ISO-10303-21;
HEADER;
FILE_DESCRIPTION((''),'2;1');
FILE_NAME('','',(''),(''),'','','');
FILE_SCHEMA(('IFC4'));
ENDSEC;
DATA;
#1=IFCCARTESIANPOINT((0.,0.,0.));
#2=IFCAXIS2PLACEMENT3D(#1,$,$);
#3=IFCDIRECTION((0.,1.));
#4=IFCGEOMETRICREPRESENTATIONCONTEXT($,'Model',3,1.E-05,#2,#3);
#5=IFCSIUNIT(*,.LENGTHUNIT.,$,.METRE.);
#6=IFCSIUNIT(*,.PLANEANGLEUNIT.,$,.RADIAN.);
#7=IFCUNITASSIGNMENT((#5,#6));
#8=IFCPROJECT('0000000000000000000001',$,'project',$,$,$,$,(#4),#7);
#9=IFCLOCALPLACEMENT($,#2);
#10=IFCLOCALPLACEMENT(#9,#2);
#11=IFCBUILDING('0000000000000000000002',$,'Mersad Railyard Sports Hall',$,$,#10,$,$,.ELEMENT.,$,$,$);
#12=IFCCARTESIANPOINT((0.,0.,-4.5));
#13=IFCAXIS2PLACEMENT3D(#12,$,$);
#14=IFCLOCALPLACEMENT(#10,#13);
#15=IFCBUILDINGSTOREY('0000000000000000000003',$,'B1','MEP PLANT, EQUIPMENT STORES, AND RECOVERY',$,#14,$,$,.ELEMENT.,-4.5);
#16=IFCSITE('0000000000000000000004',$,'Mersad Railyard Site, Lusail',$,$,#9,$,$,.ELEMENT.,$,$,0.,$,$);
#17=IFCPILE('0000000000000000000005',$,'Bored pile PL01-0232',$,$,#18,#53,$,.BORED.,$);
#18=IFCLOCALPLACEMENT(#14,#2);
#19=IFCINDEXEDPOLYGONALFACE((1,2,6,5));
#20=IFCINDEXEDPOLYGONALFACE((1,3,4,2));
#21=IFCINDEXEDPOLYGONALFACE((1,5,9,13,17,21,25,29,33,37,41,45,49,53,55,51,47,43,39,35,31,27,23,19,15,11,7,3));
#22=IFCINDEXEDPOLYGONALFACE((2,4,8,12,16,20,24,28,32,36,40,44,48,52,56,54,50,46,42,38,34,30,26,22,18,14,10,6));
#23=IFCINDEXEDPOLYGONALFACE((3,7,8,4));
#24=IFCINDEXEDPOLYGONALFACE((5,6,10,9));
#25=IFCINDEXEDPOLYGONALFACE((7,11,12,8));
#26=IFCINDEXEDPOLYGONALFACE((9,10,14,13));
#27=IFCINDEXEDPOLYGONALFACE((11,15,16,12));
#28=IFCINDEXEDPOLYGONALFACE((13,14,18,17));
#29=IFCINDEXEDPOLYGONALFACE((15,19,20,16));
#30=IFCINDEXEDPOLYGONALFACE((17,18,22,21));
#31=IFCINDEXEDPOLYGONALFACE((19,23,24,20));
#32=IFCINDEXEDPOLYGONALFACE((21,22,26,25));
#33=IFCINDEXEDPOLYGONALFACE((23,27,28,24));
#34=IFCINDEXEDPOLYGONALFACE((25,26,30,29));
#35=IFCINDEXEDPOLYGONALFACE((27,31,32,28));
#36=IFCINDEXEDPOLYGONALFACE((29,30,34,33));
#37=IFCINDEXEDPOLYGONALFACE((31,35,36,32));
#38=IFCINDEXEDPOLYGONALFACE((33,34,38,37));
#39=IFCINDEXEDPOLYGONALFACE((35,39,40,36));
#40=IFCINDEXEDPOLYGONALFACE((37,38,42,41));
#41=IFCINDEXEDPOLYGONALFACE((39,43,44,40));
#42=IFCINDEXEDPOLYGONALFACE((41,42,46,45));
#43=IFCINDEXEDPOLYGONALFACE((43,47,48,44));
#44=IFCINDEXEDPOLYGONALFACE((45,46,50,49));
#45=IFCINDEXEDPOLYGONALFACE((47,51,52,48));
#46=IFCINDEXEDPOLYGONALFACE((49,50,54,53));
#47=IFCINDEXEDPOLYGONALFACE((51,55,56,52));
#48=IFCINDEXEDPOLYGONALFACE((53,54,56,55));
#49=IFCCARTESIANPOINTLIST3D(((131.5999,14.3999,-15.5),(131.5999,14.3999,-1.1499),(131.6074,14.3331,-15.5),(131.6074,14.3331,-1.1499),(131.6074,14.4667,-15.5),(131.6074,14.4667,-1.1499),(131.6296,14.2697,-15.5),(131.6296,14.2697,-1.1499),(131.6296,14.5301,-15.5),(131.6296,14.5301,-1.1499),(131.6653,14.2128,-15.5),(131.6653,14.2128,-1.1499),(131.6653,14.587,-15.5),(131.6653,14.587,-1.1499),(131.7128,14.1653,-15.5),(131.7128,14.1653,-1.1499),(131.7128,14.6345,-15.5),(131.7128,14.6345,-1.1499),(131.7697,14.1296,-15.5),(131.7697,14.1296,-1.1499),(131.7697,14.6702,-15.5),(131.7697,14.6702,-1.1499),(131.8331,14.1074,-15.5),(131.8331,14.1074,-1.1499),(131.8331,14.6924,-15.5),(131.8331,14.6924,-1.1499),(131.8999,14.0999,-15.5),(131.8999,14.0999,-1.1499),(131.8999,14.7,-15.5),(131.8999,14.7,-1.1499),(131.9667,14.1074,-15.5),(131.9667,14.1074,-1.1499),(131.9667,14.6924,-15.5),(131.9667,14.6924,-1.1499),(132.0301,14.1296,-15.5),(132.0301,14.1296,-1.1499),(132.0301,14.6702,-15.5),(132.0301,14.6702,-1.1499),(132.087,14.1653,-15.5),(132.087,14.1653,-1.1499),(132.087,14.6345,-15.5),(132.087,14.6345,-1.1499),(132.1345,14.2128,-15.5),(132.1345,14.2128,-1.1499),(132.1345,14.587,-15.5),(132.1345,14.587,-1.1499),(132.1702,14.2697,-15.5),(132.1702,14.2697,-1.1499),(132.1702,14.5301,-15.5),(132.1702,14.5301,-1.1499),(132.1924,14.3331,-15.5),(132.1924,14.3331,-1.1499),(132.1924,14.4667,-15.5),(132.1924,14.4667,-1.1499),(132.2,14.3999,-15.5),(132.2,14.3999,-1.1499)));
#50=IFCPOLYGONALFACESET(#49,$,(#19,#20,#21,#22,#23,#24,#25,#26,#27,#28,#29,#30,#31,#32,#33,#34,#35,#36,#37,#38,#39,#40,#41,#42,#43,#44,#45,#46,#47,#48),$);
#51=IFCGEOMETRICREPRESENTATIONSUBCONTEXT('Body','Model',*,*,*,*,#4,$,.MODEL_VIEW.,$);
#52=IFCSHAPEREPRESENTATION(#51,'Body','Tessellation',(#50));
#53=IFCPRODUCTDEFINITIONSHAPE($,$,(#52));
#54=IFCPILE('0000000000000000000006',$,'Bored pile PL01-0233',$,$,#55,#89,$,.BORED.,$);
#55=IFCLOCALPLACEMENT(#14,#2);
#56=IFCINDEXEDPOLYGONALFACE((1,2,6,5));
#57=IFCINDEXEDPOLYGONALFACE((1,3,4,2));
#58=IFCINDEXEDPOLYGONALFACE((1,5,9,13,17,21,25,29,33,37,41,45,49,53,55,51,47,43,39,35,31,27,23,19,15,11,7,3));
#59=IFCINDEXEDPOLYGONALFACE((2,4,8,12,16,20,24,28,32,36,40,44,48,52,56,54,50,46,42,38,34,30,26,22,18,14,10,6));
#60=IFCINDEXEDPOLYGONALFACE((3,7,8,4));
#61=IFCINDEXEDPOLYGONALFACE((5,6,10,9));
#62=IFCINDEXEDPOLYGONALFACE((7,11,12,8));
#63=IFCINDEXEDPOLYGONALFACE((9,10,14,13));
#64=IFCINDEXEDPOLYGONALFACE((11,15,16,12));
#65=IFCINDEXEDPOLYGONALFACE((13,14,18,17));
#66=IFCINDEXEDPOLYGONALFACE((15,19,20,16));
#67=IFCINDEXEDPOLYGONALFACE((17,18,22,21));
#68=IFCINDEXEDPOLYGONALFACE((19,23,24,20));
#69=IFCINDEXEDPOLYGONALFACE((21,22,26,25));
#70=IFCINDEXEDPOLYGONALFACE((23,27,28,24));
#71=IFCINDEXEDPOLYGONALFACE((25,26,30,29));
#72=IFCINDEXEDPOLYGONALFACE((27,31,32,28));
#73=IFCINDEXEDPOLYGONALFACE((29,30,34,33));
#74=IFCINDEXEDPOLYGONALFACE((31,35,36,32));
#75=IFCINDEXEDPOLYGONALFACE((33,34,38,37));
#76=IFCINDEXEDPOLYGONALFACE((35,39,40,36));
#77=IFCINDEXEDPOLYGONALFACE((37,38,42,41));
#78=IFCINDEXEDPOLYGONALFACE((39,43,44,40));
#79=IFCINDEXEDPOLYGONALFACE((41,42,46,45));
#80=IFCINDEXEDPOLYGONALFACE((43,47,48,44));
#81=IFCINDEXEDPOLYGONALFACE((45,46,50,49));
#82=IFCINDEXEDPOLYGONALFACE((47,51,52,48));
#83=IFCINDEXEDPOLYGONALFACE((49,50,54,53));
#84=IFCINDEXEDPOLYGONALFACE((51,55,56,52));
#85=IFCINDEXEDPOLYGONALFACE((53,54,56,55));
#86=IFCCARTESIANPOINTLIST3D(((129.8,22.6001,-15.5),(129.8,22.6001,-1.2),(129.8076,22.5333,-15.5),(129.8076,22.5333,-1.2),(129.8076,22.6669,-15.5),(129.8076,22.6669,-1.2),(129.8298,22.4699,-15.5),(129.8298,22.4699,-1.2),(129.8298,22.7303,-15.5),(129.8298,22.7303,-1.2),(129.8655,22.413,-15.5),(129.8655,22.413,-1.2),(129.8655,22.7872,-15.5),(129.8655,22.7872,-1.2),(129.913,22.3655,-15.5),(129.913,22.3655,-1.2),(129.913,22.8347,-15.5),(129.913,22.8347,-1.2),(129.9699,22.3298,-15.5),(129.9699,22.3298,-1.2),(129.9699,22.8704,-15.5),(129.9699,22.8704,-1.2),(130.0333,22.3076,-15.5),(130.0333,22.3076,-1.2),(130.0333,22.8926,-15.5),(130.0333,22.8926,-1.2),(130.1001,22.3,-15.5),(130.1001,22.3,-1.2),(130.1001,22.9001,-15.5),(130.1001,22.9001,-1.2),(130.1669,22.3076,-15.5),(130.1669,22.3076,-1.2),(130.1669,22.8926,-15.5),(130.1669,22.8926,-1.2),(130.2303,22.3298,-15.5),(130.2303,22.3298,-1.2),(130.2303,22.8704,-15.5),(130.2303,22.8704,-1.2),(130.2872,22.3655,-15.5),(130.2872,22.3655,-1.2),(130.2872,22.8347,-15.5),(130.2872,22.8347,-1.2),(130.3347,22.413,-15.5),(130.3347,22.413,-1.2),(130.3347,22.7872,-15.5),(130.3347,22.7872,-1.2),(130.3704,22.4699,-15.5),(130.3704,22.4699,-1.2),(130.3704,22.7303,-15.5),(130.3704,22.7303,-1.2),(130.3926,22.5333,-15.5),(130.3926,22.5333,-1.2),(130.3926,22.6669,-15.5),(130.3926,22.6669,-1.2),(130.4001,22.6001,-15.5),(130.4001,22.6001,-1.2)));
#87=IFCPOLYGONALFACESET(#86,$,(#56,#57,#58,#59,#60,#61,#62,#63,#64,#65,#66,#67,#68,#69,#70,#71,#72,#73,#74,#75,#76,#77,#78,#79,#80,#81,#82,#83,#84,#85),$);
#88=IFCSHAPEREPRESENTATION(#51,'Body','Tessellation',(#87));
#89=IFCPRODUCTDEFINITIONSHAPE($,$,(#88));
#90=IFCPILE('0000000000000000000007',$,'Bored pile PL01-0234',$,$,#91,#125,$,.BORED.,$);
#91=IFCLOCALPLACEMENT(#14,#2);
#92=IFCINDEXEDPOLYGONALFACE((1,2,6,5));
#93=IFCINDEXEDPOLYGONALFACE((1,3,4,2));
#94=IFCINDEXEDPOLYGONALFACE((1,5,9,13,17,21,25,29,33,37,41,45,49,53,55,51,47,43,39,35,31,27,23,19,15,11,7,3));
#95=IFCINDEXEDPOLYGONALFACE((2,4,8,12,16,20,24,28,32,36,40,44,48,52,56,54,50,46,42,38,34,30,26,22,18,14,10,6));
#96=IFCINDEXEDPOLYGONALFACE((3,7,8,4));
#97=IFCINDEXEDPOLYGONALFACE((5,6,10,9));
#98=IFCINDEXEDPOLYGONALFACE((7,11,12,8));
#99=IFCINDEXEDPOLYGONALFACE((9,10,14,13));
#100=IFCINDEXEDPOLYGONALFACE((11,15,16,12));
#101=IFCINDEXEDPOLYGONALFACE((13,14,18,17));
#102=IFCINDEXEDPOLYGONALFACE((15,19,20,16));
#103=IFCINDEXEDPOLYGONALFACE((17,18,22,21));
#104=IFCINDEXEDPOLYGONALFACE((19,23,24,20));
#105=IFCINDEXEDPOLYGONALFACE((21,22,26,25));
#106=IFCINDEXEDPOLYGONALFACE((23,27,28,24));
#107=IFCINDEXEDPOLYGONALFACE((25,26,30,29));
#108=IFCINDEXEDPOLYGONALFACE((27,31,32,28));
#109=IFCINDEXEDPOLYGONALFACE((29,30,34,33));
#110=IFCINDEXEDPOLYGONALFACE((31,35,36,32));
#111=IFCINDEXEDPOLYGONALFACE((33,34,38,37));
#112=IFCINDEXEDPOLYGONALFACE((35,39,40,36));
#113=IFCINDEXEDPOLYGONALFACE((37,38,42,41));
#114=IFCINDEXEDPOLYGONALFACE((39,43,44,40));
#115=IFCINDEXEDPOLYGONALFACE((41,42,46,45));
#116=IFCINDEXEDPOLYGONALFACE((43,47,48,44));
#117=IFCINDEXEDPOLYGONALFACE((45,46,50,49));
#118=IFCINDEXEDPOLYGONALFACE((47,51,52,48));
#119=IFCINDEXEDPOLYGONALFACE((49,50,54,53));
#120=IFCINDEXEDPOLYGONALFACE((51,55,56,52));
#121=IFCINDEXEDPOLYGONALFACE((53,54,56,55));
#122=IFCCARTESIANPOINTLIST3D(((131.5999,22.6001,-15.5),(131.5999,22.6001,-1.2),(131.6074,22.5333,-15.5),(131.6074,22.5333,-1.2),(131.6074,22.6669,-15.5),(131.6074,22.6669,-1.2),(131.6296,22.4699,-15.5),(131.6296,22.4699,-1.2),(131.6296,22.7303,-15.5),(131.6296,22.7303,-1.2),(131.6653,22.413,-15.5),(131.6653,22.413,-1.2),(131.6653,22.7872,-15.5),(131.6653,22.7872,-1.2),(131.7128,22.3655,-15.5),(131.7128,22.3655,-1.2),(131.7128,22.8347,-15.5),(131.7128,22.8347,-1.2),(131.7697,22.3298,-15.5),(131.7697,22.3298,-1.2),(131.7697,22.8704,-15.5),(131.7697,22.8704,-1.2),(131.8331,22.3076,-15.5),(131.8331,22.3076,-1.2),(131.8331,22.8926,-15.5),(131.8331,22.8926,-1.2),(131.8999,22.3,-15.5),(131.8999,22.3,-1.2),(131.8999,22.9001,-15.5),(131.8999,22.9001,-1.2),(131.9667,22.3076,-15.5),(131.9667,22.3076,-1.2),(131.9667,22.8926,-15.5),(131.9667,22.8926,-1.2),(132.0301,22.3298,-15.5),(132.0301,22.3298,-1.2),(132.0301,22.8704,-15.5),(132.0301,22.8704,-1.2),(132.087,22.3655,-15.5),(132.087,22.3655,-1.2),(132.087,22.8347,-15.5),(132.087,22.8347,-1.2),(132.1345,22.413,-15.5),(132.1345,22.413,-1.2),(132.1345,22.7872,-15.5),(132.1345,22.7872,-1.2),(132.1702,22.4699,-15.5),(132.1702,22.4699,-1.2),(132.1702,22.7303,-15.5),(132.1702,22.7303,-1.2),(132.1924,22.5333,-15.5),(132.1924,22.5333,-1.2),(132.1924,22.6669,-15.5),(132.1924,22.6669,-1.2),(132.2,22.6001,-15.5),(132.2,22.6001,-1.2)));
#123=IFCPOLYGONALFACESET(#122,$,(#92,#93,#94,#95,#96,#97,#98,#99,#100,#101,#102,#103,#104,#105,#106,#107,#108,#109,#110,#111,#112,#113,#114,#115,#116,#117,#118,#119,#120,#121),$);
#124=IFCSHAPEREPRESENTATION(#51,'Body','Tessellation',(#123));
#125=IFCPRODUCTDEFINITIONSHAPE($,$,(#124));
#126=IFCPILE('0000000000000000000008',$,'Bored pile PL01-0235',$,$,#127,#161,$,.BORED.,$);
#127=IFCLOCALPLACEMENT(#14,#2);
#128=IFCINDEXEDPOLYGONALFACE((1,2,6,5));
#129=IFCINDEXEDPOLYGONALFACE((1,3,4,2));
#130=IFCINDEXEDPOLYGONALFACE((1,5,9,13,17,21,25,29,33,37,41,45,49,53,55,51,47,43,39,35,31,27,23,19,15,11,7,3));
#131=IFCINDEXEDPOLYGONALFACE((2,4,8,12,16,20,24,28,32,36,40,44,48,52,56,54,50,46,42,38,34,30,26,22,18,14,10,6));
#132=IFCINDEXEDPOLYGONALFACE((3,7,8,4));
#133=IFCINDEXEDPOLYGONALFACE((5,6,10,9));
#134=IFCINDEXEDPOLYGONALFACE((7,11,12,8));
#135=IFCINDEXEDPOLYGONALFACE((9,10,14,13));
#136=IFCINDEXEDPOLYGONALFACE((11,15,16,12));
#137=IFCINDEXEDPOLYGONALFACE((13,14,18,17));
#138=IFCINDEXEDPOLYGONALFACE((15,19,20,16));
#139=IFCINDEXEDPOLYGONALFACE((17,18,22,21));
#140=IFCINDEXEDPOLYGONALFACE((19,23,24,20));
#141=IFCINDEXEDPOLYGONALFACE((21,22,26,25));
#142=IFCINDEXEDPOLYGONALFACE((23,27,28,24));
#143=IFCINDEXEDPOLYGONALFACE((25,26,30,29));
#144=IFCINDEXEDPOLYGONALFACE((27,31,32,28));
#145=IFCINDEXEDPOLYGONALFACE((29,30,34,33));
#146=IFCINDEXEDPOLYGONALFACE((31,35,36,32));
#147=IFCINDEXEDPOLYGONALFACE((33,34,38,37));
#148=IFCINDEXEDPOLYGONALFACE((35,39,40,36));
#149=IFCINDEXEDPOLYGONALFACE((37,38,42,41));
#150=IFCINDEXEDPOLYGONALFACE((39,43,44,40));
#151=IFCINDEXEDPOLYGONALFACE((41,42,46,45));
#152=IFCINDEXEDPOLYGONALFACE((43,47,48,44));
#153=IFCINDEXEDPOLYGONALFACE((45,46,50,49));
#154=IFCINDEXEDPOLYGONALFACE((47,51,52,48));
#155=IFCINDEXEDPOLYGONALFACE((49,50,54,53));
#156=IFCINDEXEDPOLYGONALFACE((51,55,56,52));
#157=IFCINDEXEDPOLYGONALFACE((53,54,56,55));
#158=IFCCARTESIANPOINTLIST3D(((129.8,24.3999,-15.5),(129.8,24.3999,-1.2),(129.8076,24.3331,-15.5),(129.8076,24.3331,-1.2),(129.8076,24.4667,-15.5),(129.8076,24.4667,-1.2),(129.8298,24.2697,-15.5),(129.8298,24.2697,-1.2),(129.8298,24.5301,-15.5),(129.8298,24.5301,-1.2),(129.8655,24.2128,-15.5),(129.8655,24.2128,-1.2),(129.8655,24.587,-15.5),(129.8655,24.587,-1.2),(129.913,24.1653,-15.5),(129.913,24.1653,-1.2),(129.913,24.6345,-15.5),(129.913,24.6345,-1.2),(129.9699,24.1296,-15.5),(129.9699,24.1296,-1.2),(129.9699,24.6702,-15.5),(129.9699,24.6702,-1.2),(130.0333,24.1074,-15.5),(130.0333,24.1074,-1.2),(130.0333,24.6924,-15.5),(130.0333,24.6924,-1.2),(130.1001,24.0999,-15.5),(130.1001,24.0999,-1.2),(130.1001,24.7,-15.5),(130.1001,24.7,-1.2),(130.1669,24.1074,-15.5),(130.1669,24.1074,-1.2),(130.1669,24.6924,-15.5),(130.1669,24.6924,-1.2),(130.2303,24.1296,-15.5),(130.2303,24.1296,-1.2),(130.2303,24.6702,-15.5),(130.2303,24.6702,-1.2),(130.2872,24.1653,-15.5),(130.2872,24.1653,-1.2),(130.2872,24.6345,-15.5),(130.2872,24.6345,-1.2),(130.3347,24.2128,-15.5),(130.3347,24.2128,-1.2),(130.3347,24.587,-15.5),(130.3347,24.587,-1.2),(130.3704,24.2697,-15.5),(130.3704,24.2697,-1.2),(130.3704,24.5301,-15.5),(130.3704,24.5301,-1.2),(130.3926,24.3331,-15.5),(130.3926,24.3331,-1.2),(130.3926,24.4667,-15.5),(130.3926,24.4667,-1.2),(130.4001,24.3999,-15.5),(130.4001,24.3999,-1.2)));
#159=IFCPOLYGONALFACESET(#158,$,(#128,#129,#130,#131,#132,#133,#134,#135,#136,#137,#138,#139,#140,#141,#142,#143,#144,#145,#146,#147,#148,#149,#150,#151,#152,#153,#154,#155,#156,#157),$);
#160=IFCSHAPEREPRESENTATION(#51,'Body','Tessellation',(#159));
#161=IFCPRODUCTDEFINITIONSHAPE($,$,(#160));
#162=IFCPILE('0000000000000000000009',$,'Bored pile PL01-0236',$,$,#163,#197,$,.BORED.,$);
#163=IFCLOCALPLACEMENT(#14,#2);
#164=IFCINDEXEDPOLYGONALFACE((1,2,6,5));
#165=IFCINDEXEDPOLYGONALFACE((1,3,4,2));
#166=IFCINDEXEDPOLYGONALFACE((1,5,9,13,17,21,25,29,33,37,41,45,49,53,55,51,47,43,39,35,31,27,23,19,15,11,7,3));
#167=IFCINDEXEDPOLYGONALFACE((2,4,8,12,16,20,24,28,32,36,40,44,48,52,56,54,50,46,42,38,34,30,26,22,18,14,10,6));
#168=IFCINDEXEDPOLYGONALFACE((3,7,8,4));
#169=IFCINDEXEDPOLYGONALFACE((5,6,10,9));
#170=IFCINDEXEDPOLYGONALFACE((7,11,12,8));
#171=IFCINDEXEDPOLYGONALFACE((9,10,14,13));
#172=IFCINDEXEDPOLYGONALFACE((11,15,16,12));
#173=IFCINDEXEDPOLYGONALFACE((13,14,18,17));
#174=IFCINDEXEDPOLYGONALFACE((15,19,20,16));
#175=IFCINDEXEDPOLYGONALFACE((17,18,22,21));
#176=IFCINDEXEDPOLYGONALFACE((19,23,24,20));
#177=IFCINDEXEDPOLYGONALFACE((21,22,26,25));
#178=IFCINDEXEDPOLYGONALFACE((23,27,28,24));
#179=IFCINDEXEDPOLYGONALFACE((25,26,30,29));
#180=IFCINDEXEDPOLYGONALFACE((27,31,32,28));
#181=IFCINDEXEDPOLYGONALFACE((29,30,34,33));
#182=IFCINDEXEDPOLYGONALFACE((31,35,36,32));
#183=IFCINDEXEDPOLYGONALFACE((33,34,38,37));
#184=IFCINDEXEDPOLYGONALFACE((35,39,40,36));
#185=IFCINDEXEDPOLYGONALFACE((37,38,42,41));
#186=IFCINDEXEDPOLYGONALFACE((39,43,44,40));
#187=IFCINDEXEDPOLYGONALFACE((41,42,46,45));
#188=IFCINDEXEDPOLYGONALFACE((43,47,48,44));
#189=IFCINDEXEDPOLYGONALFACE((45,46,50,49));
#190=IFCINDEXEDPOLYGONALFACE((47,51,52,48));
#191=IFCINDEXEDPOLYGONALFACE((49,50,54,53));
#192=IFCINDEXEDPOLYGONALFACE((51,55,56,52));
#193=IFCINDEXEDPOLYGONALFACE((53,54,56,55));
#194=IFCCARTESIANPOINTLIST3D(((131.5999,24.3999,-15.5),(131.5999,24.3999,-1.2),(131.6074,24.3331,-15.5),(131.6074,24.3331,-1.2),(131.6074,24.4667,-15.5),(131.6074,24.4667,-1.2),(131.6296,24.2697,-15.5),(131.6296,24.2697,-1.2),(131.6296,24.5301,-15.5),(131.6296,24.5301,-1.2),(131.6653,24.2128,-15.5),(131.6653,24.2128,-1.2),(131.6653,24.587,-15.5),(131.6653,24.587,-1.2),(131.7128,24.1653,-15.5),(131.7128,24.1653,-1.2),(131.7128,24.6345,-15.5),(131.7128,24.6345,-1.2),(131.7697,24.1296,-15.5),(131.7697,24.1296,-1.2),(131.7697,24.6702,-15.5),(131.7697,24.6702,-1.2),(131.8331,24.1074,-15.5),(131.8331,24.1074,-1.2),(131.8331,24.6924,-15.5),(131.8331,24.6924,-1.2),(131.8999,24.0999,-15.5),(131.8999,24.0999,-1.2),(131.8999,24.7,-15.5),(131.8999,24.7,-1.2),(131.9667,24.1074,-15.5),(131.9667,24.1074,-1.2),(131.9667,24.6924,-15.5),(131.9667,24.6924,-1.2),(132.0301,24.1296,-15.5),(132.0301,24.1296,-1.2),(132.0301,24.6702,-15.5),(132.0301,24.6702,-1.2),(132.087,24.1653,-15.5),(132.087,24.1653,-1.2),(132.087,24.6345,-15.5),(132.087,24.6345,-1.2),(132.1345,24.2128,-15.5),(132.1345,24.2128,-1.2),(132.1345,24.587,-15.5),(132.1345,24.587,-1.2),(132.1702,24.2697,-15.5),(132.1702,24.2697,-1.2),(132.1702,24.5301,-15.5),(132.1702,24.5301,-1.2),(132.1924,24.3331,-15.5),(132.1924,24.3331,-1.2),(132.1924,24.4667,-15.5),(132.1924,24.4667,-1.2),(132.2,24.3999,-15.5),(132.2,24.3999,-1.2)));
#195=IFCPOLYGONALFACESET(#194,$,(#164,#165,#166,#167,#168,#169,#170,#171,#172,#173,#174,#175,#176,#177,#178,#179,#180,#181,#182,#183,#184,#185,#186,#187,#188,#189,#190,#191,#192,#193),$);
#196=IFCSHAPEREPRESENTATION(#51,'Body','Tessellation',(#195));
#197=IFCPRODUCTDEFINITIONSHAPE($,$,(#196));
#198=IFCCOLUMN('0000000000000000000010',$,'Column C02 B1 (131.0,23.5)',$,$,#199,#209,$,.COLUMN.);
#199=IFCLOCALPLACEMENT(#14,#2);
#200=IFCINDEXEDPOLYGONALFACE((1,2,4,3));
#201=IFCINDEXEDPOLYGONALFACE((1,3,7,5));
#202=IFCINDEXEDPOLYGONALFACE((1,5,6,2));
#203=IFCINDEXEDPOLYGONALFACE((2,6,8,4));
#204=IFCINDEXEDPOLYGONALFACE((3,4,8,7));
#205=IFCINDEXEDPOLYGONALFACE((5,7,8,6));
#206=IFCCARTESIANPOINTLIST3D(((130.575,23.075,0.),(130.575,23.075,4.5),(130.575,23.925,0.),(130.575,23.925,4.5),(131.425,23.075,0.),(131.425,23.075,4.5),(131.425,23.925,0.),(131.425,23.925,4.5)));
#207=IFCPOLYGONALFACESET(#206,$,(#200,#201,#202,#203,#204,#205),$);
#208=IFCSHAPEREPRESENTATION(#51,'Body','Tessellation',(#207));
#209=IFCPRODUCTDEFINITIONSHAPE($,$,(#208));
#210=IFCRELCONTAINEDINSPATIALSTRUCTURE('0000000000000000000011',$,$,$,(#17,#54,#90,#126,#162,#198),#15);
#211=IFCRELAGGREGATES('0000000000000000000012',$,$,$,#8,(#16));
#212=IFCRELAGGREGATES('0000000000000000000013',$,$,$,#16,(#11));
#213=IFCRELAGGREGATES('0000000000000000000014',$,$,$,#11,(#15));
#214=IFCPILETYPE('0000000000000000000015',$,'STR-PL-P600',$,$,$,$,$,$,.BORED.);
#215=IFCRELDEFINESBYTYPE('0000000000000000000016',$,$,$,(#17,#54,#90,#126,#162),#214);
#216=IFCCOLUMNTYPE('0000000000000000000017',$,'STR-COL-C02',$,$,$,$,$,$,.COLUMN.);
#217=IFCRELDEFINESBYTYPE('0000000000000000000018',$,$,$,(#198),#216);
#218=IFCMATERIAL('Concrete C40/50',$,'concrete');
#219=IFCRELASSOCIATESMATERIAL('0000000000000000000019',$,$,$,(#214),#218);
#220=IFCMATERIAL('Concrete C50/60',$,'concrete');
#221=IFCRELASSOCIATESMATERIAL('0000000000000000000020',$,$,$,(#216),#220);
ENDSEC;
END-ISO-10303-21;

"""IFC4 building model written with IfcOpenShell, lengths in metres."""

from ifc_helpers import new_model, si_unit, direction, frame, origin, origin_2d, place, context, subcontext, project, spatial, rectangle, circle, extrude, material, material_profile, profile_set, type_object, element, save


model = new_model("IFC4")

# Units and contexts
model_context = context("Model", 3, precision=1e-05, world=origin(), true_north=direction((0.0, 1.0)))
body_context = subcontext(model_context, "Body", "Model", "MODEL_VIEW")
ifc_project = project(units=[si_unit("LENGTHUNIT", "METRE"), si_unit("PLANEANGLEUNIT", "RADIAN")], contexts=[model_context])

# Site, building, storey
site_placement = place(None, origin())
site = spatial("IfcSite", under=ifc_project, at=site_placement, Name="Mersad Railyard Site, Lusail", CompositionType="ELEMENT", RefElevation=0.0)
building_placement = place(site_placement, origin())
building = spatial("IfcBuilding", under=site, at=building_placement, Name="Mersad Railyard Sports Hall", CompositionType="ELEMENT")
storey_placement = place(building_placement, frame((0.0, 0.0, -4.5)))
storey = spatial("IfcBuildingStorey", under=building, at=storey_placement, Name="B1", Description="MEP PLANT, EQUIPMENT STORES, AND RECOVERY", CompositionType="ELEMENT", Elevation=-4.5)

# Shared definitions
ifc_material_1 = material(Name="Concrete C40/50", Category="concrete")

# Piles
ifc_material_profile_1 = material_profile(ifc_material_1, circle(Radius=0.3, at=origin_2d()), Name="BORED PILE D600")
ifc_profile_set_1 = profile_set([ifc_material_profile_1], Name="Concrete C40/50")
pile_type_1 = type_object("IfcPileType", Name="STR-PL-P600", PredefinedType="BORED", material=ifc_profile_set_1)
for number, where, z_axis, x_axis, name in (
    (1, (131.8999, 14.3999, -1.1499), (0.0, 0.0, -1.0), (1.0, 0.0, 0.0), "Bored pile PL01-0232"),
):
    element("IfcPile", number, at=place(storey_placement, frame(where, z_axis=z_axis, x_axis=x_axis)), inside=storey, type_object=pile_type_1, Name=name, PredefinedType="BORED", context=body_context, shape_type="SweptSolid", body=[
        extrude(circle(Radius=0.3, at=origin_2d()), origin(), (0.0, 0.0, 1.0), 14.3501),
    ])
for number, where, z_axis, x_axis, name in (
    (2, (130.1001, 22.6001, -1.2), (0.0, 0.0, -1.0), (1.0, 0.0, 0.0), "Bored pile PL01-0233"),
    (3, (131.8999, 22.6001, -1.2), (0.0, 0.0, -1.0), (1.0, 0.0, 0.0), "Bored pile PL01-0234"),
    (4, (130.1001, 24.3999, -1.2), (0.0, 0.0, -1.0), (1.0, 0.0, 0.0), "Bored pile PL01-0235"),
    (5, (131.8999, 24.3999, -1.2), (0.0, 0.0, -1.0), (1.0, 0.0, 0.0), "Bored pile PL01-0236"),
):
    element("IfcPile", number, at=place(storey_placement, frame(where, z_axis=z_axis, x_axis=x_axis)), inside=storey, type_object=pile_type_1, Name=name, PredefinedType="BORED", context=body_context, shape_type="SweptSolid", body=[
        extrude(circle(Radius=0.3, at=origin_2d()), origin(), (0.0, 0.0, 1.0), 14.3),
    ])

# Column
ifc_material_2 = material(Name="Concrete C50/60", Category="concrete")
ifc_material_profile_2 = material_profile(ifc_material_2, rectangle(XDim=0.8501, YDim=0.8501, at=origin_2d()), Name="RC 850x850")
ifc_profile_set_2 = profile_set([ifc_material_profile_2], Name="Concrete C50/60")
column_type_1 = type_object("IfcColumnType", Name="STR-COL-C02", PredefinedType="COLUMN", material=ifc_profile_set_2)
for number, where, z_axis, x_axis, name in (
    (6, (131.0, 23.5, 0.0), (0.0, 0.0, 1.0), (1.0, 0.0, 0.0), "Column C02 B1 (131.0,23.5)"),
):
    element("IfcColumn", number, at=place(storey_placement, frame(where, z_axis=z_axis, x_axis=x_axis)), inside=storey, type_object=column_type_1, Name=name, PredefinedType="COLUMN", context=body_context, shape_type="SweptSolid", body=[
        extrude(rectangle(XDim=0.8501, YDim=0.8501, at=origin_2d()), origin(), (0.0, 0.0, 1.0), 4.5),
    ])

save(model, "model.ifc")
